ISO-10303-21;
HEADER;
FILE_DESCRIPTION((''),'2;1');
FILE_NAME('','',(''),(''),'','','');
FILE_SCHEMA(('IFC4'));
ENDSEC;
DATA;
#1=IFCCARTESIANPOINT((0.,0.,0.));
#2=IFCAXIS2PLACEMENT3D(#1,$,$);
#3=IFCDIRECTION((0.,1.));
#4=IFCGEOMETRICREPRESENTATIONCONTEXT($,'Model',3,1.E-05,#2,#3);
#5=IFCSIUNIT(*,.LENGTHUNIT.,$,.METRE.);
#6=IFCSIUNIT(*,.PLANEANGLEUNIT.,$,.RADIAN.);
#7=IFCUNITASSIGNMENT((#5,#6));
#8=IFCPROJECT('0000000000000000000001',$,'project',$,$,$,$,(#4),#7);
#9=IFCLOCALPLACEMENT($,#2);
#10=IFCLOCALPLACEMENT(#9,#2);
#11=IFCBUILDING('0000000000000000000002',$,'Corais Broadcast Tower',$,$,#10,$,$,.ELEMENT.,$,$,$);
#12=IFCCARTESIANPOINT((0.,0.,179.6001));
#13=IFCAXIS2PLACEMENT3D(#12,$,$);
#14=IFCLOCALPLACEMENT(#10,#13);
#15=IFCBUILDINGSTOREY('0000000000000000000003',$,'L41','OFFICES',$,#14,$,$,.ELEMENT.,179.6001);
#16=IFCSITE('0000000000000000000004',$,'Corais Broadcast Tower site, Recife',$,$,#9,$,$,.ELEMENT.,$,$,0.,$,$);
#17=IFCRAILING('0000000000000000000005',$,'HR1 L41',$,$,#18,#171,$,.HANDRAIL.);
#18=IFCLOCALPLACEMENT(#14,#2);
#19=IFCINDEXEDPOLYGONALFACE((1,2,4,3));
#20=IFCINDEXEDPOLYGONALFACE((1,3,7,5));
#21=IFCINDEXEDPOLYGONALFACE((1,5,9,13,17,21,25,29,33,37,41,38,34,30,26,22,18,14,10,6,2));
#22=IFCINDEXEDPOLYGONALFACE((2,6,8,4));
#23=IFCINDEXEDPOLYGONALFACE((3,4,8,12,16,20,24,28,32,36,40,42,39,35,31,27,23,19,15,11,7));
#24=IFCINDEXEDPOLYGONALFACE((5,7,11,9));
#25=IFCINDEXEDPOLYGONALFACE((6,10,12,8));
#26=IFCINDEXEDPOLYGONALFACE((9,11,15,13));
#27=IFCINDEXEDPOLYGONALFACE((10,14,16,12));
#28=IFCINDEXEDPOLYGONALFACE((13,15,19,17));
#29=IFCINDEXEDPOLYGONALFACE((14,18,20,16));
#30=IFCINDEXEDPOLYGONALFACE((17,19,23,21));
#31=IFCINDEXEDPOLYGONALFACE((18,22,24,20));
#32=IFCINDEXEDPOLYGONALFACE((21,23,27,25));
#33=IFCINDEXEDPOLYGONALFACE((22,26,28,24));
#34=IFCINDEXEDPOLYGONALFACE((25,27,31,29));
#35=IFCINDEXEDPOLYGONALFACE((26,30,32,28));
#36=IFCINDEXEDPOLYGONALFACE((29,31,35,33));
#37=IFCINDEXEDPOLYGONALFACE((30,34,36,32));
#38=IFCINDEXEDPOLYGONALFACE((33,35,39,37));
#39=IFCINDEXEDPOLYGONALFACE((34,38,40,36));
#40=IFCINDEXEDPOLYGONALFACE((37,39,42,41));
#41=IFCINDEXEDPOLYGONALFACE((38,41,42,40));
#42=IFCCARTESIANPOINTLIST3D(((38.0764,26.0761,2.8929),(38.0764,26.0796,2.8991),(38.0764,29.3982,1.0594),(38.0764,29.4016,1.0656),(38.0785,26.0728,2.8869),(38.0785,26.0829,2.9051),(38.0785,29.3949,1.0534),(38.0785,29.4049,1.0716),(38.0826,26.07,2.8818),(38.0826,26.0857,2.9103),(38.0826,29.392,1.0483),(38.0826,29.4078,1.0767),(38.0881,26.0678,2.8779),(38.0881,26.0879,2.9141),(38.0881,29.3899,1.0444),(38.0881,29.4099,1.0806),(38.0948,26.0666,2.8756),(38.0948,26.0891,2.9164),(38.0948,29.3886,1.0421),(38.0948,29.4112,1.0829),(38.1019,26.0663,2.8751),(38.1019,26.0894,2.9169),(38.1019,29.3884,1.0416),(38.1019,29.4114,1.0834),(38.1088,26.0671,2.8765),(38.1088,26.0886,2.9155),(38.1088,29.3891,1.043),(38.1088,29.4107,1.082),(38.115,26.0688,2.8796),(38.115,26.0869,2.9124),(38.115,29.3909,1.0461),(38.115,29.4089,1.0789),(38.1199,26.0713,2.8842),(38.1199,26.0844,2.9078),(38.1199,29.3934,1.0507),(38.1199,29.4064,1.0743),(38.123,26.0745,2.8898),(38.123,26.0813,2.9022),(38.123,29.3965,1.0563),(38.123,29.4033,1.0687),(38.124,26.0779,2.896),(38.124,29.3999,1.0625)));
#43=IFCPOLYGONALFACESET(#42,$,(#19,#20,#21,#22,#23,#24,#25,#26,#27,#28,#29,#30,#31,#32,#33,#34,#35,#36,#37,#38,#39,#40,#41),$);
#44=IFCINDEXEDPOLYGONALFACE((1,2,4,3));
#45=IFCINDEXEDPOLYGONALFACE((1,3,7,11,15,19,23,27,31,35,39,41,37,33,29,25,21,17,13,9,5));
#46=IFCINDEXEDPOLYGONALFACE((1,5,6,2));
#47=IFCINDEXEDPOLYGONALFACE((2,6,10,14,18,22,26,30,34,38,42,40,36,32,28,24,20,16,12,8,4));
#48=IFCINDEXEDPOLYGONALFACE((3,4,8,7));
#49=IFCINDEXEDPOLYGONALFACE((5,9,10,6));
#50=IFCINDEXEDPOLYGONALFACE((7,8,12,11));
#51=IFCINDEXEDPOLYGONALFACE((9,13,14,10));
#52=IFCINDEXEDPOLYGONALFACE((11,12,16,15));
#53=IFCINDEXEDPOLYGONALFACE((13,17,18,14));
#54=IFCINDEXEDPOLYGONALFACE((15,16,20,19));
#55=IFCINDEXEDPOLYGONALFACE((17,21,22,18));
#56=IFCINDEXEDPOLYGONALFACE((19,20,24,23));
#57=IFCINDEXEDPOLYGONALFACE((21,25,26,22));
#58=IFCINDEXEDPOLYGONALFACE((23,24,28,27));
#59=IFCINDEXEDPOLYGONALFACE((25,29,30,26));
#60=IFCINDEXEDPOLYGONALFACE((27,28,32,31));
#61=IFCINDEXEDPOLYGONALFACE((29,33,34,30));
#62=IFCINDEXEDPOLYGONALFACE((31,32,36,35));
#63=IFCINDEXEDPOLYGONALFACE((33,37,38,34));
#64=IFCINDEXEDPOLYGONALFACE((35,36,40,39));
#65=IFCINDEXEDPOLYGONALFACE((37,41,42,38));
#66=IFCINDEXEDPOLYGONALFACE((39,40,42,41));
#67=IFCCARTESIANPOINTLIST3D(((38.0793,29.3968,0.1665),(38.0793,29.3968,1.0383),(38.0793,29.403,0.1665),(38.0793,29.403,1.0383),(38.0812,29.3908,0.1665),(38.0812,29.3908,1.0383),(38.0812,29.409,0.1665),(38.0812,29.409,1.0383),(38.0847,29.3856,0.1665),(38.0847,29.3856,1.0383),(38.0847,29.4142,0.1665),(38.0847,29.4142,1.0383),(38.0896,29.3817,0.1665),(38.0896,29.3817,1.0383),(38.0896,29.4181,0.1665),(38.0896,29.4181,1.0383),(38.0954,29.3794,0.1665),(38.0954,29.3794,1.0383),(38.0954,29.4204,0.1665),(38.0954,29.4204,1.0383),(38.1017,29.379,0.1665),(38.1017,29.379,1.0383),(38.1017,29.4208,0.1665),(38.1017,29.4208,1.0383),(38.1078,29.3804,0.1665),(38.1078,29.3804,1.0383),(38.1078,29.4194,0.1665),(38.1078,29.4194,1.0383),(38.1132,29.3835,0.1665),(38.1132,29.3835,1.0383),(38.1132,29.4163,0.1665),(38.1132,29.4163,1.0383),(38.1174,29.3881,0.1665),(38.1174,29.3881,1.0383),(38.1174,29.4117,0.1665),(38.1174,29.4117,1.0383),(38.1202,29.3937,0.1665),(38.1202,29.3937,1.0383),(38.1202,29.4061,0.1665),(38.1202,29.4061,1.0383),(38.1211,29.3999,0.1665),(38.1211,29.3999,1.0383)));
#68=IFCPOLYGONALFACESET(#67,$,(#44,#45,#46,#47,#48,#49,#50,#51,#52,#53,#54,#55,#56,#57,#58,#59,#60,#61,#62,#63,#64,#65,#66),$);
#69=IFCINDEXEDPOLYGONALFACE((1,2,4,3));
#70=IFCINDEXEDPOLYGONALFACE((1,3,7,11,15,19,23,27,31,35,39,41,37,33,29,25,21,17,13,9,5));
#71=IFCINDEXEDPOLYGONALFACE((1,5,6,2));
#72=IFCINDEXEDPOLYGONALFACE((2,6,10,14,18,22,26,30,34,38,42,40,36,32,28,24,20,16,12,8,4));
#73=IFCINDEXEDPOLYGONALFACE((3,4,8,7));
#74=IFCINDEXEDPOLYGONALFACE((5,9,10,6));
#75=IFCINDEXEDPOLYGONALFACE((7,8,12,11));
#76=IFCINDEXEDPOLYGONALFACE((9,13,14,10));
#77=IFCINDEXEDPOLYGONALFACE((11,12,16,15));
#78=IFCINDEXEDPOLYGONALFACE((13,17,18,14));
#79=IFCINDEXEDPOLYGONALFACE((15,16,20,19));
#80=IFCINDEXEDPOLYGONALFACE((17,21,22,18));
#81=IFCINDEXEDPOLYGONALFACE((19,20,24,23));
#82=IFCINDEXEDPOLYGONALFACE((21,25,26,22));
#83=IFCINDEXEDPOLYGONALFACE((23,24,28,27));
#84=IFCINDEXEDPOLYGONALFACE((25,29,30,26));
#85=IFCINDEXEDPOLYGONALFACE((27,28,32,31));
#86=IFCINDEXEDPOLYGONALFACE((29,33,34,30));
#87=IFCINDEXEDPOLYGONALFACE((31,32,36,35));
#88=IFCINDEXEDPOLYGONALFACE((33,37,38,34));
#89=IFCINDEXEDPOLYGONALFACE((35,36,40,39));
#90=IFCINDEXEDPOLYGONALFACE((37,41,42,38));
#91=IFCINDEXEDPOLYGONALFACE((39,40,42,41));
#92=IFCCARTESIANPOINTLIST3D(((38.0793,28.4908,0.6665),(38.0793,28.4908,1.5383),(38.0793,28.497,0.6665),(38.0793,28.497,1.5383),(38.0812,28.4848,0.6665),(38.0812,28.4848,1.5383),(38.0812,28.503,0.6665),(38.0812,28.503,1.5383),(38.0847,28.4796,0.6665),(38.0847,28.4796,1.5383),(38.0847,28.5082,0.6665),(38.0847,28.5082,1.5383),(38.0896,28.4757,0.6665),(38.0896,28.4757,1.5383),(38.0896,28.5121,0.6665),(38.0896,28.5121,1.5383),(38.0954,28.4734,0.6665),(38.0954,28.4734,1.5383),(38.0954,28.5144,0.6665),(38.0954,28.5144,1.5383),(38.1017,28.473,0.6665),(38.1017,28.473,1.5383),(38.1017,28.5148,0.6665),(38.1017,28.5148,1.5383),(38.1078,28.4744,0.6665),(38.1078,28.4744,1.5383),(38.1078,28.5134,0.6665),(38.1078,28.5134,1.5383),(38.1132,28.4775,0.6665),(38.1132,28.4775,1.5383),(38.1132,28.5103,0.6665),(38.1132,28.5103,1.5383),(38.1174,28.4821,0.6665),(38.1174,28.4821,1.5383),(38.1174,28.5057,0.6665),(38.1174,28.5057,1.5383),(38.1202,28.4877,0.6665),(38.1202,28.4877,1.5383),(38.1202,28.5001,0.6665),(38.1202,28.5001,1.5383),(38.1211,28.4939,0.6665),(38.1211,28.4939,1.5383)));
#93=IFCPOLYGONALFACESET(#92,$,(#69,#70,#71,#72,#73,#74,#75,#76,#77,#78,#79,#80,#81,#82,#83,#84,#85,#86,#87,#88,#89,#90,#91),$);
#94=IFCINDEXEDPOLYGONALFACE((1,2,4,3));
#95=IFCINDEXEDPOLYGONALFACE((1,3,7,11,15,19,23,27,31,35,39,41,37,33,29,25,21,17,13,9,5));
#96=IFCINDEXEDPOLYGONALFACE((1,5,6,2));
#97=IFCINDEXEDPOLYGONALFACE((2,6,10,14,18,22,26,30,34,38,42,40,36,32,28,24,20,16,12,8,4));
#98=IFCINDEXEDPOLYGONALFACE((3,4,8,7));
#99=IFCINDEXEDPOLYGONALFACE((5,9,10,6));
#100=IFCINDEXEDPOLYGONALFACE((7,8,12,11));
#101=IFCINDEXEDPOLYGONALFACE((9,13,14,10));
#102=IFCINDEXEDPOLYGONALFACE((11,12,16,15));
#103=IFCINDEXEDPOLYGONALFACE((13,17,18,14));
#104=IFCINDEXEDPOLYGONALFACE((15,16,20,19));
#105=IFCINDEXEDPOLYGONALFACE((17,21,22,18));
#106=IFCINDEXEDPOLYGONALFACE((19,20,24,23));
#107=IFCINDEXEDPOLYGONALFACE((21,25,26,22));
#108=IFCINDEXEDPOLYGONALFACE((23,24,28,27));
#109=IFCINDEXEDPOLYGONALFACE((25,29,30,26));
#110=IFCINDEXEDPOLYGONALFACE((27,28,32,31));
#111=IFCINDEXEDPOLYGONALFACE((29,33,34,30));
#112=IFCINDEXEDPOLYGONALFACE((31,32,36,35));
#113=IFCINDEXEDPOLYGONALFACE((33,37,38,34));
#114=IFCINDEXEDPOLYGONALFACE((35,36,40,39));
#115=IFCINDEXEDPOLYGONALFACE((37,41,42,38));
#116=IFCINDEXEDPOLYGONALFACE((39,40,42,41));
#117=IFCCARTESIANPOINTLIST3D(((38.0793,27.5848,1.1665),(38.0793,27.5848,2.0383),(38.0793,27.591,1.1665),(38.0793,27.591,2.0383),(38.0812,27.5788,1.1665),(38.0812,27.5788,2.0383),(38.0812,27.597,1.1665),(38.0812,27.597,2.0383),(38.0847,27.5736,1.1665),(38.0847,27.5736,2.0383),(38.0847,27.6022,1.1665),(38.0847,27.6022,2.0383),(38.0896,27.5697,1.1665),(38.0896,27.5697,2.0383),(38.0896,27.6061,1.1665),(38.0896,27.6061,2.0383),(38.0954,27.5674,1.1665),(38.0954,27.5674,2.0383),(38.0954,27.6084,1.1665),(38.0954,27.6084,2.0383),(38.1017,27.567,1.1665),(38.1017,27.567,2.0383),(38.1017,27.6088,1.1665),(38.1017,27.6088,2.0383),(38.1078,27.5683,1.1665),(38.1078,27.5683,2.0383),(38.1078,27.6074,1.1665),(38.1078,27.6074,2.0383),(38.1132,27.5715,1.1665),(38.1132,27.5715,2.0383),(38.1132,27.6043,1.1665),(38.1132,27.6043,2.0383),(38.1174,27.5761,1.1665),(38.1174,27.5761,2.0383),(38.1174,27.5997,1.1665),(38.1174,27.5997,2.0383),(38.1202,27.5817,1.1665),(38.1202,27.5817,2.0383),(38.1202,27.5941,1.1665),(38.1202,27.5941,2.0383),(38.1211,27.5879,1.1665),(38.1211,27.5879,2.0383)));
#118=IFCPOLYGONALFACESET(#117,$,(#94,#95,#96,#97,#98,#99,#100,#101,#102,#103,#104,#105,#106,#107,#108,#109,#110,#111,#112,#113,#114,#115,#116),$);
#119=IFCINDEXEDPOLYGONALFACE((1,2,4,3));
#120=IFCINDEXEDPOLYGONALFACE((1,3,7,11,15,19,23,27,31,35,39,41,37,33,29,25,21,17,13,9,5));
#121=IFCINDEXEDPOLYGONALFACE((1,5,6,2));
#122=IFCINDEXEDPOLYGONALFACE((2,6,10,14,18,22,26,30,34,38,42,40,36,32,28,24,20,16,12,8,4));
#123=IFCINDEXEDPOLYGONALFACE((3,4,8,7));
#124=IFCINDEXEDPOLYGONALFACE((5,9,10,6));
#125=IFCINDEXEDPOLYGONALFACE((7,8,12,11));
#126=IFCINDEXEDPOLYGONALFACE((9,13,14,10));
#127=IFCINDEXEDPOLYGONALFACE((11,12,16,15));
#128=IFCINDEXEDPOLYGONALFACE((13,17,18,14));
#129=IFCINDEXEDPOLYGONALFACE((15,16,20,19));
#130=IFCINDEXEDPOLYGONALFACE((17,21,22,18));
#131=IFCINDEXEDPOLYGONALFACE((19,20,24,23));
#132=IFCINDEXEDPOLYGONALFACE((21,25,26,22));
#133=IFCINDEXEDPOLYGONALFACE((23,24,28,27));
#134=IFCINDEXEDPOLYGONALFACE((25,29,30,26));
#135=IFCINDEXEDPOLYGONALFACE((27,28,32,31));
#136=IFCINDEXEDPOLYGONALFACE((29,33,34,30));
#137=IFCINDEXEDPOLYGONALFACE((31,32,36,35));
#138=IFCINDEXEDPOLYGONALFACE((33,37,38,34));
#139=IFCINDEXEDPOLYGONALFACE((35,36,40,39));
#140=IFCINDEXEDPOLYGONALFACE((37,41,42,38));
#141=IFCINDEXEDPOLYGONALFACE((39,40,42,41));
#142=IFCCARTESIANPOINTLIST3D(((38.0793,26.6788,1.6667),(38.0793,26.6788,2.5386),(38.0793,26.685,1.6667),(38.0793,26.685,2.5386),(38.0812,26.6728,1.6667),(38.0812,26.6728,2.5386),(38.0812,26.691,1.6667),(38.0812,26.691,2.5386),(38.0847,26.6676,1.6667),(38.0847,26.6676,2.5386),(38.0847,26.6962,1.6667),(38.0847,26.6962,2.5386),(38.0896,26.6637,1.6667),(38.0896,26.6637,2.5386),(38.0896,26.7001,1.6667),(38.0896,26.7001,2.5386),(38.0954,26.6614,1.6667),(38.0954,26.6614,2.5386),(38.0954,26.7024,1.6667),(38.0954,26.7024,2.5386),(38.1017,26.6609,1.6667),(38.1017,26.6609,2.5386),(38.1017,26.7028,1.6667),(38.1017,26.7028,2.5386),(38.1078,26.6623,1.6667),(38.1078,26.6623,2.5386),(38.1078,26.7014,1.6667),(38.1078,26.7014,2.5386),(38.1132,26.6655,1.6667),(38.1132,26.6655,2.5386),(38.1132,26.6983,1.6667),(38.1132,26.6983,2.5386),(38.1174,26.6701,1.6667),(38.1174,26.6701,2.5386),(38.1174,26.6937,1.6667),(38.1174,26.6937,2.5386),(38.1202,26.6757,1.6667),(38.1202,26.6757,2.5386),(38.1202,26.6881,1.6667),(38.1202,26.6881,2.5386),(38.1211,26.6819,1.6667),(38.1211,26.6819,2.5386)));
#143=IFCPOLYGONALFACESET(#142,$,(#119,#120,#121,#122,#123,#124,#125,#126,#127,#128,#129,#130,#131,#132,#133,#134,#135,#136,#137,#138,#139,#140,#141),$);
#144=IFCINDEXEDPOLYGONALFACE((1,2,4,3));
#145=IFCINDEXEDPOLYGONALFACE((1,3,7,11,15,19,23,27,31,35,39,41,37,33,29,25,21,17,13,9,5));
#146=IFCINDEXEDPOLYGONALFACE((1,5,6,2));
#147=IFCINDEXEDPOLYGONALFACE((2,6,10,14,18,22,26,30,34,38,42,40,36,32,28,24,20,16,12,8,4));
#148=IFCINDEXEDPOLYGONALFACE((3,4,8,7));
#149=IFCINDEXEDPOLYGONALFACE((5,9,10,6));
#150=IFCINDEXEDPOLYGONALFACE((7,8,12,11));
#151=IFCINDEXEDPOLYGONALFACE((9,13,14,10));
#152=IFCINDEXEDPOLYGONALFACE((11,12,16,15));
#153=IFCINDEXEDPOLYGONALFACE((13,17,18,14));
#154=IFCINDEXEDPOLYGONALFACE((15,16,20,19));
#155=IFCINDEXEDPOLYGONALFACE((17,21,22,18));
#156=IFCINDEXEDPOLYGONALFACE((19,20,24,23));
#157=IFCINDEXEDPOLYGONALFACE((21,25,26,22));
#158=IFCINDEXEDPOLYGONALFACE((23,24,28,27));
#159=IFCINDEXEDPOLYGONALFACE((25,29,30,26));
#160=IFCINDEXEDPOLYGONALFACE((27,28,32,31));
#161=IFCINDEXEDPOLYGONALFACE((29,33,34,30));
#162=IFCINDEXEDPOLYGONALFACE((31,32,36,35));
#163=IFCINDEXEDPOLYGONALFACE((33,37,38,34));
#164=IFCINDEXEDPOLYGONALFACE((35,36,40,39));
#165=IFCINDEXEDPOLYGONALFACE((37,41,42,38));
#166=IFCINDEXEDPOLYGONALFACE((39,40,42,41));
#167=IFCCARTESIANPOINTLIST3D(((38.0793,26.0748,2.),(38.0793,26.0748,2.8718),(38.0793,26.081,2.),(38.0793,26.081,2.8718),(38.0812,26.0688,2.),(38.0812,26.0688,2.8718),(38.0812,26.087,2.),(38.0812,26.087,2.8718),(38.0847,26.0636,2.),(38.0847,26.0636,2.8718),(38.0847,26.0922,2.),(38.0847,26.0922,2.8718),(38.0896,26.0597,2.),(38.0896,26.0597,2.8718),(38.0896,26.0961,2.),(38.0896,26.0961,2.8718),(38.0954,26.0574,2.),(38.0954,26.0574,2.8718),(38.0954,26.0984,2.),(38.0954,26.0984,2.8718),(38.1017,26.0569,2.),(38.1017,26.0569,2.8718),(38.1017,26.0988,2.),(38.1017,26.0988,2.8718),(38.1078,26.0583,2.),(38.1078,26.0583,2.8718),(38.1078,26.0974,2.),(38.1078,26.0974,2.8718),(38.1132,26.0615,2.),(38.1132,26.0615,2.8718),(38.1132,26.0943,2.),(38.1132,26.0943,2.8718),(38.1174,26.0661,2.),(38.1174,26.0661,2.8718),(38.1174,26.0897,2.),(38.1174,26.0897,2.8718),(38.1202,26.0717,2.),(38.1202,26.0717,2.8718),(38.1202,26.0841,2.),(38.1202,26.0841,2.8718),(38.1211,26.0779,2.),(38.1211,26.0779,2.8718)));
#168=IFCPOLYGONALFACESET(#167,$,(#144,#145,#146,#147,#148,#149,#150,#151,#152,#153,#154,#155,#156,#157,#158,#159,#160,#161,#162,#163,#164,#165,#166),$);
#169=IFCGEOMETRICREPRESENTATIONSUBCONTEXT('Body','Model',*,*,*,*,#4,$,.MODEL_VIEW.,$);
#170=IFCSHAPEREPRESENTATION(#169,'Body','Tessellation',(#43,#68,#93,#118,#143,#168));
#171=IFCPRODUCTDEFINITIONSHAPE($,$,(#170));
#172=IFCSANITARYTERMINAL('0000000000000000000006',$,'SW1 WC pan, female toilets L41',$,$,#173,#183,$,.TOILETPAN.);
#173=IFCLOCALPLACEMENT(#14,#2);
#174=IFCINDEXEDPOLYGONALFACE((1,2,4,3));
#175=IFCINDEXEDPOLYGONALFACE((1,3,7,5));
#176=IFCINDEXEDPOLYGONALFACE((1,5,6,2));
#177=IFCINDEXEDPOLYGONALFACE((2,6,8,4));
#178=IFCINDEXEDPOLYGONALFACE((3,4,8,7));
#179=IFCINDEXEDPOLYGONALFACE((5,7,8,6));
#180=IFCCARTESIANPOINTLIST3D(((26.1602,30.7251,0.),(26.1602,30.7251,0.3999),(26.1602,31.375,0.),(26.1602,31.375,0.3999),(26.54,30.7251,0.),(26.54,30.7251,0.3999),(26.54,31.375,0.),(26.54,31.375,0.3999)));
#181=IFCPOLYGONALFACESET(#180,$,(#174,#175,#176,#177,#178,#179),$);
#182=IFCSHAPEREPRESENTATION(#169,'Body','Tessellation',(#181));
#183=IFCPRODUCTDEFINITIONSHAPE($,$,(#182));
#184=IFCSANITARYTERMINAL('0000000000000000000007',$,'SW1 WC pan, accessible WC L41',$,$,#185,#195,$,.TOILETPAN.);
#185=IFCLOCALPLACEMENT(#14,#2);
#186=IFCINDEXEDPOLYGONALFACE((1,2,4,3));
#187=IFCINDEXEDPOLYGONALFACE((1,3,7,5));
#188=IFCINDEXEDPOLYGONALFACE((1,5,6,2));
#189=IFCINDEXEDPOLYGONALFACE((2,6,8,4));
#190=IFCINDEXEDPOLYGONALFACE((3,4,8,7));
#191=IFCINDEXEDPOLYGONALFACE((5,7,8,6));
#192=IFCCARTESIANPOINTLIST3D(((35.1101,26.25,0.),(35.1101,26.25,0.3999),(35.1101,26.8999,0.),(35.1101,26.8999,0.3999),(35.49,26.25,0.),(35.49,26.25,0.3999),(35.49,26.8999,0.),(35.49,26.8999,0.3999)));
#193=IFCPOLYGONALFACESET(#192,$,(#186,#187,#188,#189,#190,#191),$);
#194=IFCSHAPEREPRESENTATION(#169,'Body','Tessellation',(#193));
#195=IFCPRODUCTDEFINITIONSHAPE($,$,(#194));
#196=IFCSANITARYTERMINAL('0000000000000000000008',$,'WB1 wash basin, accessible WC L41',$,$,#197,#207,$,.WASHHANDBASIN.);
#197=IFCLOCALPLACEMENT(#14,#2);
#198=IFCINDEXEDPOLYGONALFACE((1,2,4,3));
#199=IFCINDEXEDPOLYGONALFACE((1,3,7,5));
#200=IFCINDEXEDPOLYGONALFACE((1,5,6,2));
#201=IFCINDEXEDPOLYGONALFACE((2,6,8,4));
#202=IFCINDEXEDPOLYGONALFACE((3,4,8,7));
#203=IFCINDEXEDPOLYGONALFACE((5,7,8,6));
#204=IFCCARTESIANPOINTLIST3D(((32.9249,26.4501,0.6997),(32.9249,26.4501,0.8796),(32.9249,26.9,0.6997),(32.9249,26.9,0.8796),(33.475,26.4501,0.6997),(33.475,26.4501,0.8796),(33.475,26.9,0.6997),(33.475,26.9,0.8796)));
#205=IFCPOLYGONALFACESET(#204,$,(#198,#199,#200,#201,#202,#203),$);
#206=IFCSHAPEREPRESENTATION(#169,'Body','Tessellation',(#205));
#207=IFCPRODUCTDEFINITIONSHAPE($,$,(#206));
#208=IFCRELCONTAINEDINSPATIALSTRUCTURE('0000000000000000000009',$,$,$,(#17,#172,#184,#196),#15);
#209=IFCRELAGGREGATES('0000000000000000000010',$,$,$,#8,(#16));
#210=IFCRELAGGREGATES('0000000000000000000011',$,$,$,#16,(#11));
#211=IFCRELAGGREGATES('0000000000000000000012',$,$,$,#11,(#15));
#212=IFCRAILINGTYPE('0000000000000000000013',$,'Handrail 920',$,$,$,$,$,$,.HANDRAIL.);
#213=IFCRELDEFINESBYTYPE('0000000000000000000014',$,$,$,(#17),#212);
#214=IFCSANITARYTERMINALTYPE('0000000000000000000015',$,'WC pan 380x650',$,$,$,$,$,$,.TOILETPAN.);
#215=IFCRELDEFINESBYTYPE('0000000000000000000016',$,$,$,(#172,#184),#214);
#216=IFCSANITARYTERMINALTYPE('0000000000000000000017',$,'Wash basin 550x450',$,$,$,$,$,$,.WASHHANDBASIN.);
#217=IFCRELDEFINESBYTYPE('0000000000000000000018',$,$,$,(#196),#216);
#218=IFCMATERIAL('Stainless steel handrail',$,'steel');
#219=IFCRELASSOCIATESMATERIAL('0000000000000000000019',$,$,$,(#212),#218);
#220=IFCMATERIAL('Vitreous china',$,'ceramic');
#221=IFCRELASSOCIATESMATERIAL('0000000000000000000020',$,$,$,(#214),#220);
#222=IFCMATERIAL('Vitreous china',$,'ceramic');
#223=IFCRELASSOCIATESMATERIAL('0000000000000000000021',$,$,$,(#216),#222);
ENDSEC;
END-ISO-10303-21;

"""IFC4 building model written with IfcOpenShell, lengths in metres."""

from ifc_helpers import new_model, si_unit, direction, frame, origin, origin_2d, place, context, subcontext, project, spatial, rectangle, circle, extrude, material, type_object, element, save


model = new_model("IFC4")

# Units and contexts
model_context = context("Model", 3, precision=1e-05, world=origin(), true_north=direction((0.0, 1.0)))
body_context = subcontext(model_context, "Body", "Model", "MODEL_VIEW")
ifc_project = project(units=[si_unit("LENGTHUNIT", "METRE"), si_unit("PLANEANGLEUNIT", "RADIAN")], contexts=[model_context])

# Site, building, storey
site_placement = place(None, origin())
site = spatial("IfcSite", under=ifc_project, at=site_placement, Name="Corais Broadcast Tower site, Recife", CompositionType="ELEMENT", RefElevation=0.0)
building_placement = place(site_placement, origin())
building = spatial("IfcBuilding", under=site, at=building_placement, Name="Corais Broadcast Tower", CompositionType="ELEMENT")
storey_placement = place(building_placement, frame((0.0, 0.0, 179.6001)))
storey = spatial("IfcBuildingStorey", under=building, at=storey_placement, Name="L41", Description="OFFICES", CompositionType="ELEMENT", Elevation=179.6001)

# Railing
ifc_material_1 = material(Name="Stainless steel handrail", Category="steel")
railing_type = type_object("IfcRailingType", Name="Handrail 920", PredefinedType="HANDRAIL", material=ifc_material_1)
for number, where, name in (
    (1, (38.1001, 29.3999, 0.1665), "HR1 L41"),
):
    element("IfcRailing", number, at=place(storey_placement, frame(where)), inside=storey, type_object=railing_type, Name=name, PredefinedType="HANDRAIL", context=body_context, shape_type="SweptSolid", body=[
        extrude(circle(Radius=0.0239, at=origin_2d()), frame((0.0, 0.0, 0.896), z_axis=(0.0, -0.875504, 0.48321), x_axis=(1.0, 0.0, 0.0)), (0.0, 0.0, 1.0), 3.7944),
        extrude(circle(Radius=0.021, at=origin_2d()), origin(), (0.0, 0.0, 1.0), 0.8718),
        extrude(circle(Radius=0.021, at=origin_2d()), frame((0.0, -0.906, 0.5)), (0.0, 0.0, 1.0), 0.8718),
        extrude(circle(Radius=0.021, at=origin_2d()), frame((0.0, -1.812, 1.0)), (0.0, 0.0, 1.0), 0.8718),
        extrude(circle(Radius=0.021, at=origin_2d()), frame((0.0, -2.718, 1.5002)), (0.0, 0.0, 1.0), 0.8718),
        extrude(circle(Radius=0.021, at=origin_2d()), frame((0.0, -3.322, 1.8335)), (0.0, 0.0, 1.0), 0.8718),
    ])

# Sanitary terminals
ifc_material_2 = material(Name="Vitreous china", Category="ceramic")
sanitary_terminal_type_1 = type_object("IfcSanitaryTerminalType", Name="WC pan 380x650", PredefinedType="TOILETPAN", material=ifc_material_2)
for number, where, z_axis, x_axis, name in (
    (2, (26.3501, 31.05, 0.0), (0.0, 0.0, 1.0), (1.0, 0.0, 0.0), "SW1 WC pan, female toilets L41"),
    (3, (35.3, 26.575, 0.0), (0.0, 0.0, 1.0), (1.0, 0.0, 0.0), "SW1 WC pan, accessible WC L41"),
):
    element("IfcSanitaryTerminal", number, at=place(storey_placement, frame(where, z_axis=z_axis, x_axis=x_axis)), inside=storey, type_object=sanitary_terminal_type_1, Name=name, PredefinedType="TOILETPAN", context=body_context, shape_type="SweptSolid", body=[
        extrude(rectangle(XDim=0.3799, YDim=0.6499, at=origin_2d()), origin(), (0.0, 0.0, 1.0), 0.3999),
    ])
ifc_material_3 = material(Name="Vitreous china", Category="ceramic")
sanitary_terminal_type_2 = type_object("IfcSanitaryTerminalType", Name="Wash basin 550x450", PredefinedType="WASHHANDBASIN", material=ifc_material_3)
sanitary_terminal_placement = place(storey_placement, frame((33.2, 26.675, 0.6997), z_axis=(0.0, 0.0, 1.0), x_axis=(1.0, 0.0, 0.0)))
element("IfcSanitaryTerminal", 4, at=sanitary_terminal_placement, inside=storey, type_object=sanitary_terminal_type_2, Name="WB1 wash basin, accessible WC L41", PredefinedType="WASHHANDBASIN", context=body_context, shape_type="SweptSolid", body=[
    extrude(rectangle(XDim=0.55, YDim=0.45, at=origin_2d()), origin(), (0.0, 0.0, 1.0), 0.1799),
])

save(model, "model.ifc")
